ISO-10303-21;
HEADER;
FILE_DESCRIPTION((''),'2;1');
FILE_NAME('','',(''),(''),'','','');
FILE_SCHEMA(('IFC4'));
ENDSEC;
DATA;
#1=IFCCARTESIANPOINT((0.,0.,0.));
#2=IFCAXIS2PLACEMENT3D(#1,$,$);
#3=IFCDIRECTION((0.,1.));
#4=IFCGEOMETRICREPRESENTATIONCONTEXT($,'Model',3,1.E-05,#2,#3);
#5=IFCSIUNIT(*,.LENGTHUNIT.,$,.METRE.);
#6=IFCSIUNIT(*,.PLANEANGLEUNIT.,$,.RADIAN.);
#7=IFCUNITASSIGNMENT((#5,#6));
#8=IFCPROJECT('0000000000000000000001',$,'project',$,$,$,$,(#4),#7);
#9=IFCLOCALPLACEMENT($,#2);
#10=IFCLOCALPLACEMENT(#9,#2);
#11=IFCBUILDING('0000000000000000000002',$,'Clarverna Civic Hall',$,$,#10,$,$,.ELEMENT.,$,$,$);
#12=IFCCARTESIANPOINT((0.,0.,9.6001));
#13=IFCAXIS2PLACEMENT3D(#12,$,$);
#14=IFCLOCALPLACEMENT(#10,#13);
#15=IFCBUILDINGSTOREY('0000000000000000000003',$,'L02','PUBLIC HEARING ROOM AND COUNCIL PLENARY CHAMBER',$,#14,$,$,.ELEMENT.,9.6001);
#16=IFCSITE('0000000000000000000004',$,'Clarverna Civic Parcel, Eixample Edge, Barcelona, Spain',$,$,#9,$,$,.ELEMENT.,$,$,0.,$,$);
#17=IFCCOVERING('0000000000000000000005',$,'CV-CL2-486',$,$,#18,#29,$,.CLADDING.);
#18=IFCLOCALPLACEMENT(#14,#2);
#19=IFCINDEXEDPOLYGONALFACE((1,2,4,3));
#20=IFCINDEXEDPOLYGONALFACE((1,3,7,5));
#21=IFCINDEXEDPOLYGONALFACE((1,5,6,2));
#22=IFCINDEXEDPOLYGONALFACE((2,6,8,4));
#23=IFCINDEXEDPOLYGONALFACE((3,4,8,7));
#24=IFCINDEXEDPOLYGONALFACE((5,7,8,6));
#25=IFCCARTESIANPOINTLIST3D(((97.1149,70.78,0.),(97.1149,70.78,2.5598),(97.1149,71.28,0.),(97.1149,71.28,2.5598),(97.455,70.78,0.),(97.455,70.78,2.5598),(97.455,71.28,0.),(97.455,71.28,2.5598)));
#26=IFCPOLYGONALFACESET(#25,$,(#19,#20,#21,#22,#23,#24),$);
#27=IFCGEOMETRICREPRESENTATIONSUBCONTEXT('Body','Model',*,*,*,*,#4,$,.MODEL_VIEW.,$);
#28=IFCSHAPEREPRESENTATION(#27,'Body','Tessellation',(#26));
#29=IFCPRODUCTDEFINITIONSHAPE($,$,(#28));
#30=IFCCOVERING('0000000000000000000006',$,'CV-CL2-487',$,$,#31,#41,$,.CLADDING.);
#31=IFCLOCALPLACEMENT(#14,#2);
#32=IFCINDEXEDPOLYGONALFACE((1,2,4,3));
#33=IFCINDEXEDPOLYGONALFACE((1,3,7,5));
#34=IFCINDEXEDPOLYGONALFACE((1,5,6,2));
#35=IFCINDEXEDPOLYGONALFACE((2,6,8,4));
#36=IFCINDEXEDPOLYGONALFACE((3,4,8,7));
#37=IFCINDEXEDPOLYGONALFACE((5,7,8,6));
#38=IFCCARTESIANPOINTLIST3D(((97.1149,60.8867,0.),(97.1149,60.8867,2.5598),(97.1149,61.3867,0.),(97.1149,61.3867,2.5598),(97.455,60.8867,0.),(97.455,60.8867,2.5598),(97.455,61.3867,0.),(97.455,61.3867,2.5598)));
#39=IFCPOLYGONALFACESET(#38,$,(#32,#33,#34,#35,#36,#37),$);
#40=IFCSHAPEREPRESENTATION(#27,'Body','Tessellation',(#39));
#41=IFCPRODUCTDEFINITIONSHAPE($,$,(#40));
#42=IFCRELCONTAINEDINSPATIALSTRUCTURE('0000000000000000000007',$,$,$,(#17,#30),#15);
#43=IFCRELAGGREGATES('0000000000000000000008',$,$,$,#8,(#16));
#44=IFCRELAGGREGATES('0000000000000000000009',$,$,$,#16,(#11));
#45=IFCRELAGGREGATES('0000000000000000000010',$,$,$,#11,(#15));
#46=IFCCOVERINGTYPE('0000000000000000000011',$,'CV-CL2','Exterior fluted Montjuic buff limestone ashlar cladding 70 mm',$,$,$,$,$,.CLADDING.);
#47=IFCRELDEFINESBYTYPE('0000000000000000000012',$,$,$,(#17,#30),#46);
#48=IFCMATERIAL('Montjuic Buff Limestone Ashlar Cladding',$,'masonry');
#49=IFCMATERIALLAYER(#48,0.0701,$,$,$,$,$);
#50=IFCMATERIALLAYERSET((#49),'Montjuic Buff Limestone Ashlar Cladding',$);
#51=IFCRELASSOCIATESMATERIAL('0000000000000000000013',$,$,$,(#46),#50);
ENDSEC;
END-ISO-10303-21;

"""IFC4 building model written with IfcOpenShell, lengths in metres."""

from ifc_helpers import new_model, si_unit, direction, frame, frame_2d, origin, place, context, subcontext, project, spatial, rectangle, extrude, material, layer, layer_set, type_object, element, save


model = new_model("IFC4")

# Units and contexts
model_context = context("Model", 3, precision=1e-05, world=origin(), true_north=direction((0.0, 1.0)))
body_context = subcontext(model_context, "Body", "Model", "MODEL_VIEW")
ifc_project = project(units=[si_unit("LENGTHUNIT", "METRE"), si_unit("PLANEANGLEUNIT", "RADIAN")], contexts=[model_context])

# Site, building, storey
site_placement = place(None, origin())
site = spatial("IfcSite", under=ifc_project, at=site_placement, Name="Clarverna Civic Parcel, Eixample Edge, Barcelona, Spain", CompositionType="ELEMENT", RefElevation=0.0)
building_placement = place(site_placement, origin())
building = spatial("IfcBuilding", under=site, at=building_placement, Name="Clarverna Civic Hall", CompositionType="ELEMENT")
storey_placement = place(building_placement, frame((0.0, 0.0, 9.6001)))
storey = spatial("IfcBuildingStorey", under=building, at=storey_placement, Name="L02", Description="PUBLIC HEARING ROOM AND COUNCIL PLENARY CHAMBER", CompositionType="ELEMENT", Elevation=9.6001)

# Coverings
ifc_material_1 = material(Name="Montjuic Buff Limestone Ashlar Cladding", Category="masonry")
ifc_layer_1 = layer(ifc_material_1, 0.0701)
ifc_layer_set_1 = layer_set([ifc_layer_1], Name="Montjuic Buff Limestone Ashlar Cladding")
covering_type = type_object("IfcCoveringType", Name="CV-CL2", Description="Exterior fluted Montjuic buff limestone ashlar cladding 70 mm", PredefinedType="CLADDING", material=ifc_layer_set_1)
for number, where, z_axis, x_axis, name in (
    (1, (97.2849, 71.28, 0.0), (0.0, 0.0, 1.0), (0.0, -1.0, 0.0), "CV-CL2-486"),
    (2, (97.2849, 61.3867, 0.0), (0.0, 0.0, 1.0), (0.0, -1.0, 0.0), "CV-CL2-487"),
):
    element("IfcCovering", number, at=place(storey_placement, frame(where, z_axis=z_axis, x_axis=x_axis)), inside=storey, type_object=covering_type, Name=name, PredefinedType="CLADDING", context=body_context, shape_type="SweptSolid", body=[
        extrude(rectangle(XDim=0.5, YDim=0.3401, at=frame_2d((0.25, 0.0))), origin(), (0.0, 0.0, 1.0), 2.5598),
    ])

save(model, "model.ifc")
